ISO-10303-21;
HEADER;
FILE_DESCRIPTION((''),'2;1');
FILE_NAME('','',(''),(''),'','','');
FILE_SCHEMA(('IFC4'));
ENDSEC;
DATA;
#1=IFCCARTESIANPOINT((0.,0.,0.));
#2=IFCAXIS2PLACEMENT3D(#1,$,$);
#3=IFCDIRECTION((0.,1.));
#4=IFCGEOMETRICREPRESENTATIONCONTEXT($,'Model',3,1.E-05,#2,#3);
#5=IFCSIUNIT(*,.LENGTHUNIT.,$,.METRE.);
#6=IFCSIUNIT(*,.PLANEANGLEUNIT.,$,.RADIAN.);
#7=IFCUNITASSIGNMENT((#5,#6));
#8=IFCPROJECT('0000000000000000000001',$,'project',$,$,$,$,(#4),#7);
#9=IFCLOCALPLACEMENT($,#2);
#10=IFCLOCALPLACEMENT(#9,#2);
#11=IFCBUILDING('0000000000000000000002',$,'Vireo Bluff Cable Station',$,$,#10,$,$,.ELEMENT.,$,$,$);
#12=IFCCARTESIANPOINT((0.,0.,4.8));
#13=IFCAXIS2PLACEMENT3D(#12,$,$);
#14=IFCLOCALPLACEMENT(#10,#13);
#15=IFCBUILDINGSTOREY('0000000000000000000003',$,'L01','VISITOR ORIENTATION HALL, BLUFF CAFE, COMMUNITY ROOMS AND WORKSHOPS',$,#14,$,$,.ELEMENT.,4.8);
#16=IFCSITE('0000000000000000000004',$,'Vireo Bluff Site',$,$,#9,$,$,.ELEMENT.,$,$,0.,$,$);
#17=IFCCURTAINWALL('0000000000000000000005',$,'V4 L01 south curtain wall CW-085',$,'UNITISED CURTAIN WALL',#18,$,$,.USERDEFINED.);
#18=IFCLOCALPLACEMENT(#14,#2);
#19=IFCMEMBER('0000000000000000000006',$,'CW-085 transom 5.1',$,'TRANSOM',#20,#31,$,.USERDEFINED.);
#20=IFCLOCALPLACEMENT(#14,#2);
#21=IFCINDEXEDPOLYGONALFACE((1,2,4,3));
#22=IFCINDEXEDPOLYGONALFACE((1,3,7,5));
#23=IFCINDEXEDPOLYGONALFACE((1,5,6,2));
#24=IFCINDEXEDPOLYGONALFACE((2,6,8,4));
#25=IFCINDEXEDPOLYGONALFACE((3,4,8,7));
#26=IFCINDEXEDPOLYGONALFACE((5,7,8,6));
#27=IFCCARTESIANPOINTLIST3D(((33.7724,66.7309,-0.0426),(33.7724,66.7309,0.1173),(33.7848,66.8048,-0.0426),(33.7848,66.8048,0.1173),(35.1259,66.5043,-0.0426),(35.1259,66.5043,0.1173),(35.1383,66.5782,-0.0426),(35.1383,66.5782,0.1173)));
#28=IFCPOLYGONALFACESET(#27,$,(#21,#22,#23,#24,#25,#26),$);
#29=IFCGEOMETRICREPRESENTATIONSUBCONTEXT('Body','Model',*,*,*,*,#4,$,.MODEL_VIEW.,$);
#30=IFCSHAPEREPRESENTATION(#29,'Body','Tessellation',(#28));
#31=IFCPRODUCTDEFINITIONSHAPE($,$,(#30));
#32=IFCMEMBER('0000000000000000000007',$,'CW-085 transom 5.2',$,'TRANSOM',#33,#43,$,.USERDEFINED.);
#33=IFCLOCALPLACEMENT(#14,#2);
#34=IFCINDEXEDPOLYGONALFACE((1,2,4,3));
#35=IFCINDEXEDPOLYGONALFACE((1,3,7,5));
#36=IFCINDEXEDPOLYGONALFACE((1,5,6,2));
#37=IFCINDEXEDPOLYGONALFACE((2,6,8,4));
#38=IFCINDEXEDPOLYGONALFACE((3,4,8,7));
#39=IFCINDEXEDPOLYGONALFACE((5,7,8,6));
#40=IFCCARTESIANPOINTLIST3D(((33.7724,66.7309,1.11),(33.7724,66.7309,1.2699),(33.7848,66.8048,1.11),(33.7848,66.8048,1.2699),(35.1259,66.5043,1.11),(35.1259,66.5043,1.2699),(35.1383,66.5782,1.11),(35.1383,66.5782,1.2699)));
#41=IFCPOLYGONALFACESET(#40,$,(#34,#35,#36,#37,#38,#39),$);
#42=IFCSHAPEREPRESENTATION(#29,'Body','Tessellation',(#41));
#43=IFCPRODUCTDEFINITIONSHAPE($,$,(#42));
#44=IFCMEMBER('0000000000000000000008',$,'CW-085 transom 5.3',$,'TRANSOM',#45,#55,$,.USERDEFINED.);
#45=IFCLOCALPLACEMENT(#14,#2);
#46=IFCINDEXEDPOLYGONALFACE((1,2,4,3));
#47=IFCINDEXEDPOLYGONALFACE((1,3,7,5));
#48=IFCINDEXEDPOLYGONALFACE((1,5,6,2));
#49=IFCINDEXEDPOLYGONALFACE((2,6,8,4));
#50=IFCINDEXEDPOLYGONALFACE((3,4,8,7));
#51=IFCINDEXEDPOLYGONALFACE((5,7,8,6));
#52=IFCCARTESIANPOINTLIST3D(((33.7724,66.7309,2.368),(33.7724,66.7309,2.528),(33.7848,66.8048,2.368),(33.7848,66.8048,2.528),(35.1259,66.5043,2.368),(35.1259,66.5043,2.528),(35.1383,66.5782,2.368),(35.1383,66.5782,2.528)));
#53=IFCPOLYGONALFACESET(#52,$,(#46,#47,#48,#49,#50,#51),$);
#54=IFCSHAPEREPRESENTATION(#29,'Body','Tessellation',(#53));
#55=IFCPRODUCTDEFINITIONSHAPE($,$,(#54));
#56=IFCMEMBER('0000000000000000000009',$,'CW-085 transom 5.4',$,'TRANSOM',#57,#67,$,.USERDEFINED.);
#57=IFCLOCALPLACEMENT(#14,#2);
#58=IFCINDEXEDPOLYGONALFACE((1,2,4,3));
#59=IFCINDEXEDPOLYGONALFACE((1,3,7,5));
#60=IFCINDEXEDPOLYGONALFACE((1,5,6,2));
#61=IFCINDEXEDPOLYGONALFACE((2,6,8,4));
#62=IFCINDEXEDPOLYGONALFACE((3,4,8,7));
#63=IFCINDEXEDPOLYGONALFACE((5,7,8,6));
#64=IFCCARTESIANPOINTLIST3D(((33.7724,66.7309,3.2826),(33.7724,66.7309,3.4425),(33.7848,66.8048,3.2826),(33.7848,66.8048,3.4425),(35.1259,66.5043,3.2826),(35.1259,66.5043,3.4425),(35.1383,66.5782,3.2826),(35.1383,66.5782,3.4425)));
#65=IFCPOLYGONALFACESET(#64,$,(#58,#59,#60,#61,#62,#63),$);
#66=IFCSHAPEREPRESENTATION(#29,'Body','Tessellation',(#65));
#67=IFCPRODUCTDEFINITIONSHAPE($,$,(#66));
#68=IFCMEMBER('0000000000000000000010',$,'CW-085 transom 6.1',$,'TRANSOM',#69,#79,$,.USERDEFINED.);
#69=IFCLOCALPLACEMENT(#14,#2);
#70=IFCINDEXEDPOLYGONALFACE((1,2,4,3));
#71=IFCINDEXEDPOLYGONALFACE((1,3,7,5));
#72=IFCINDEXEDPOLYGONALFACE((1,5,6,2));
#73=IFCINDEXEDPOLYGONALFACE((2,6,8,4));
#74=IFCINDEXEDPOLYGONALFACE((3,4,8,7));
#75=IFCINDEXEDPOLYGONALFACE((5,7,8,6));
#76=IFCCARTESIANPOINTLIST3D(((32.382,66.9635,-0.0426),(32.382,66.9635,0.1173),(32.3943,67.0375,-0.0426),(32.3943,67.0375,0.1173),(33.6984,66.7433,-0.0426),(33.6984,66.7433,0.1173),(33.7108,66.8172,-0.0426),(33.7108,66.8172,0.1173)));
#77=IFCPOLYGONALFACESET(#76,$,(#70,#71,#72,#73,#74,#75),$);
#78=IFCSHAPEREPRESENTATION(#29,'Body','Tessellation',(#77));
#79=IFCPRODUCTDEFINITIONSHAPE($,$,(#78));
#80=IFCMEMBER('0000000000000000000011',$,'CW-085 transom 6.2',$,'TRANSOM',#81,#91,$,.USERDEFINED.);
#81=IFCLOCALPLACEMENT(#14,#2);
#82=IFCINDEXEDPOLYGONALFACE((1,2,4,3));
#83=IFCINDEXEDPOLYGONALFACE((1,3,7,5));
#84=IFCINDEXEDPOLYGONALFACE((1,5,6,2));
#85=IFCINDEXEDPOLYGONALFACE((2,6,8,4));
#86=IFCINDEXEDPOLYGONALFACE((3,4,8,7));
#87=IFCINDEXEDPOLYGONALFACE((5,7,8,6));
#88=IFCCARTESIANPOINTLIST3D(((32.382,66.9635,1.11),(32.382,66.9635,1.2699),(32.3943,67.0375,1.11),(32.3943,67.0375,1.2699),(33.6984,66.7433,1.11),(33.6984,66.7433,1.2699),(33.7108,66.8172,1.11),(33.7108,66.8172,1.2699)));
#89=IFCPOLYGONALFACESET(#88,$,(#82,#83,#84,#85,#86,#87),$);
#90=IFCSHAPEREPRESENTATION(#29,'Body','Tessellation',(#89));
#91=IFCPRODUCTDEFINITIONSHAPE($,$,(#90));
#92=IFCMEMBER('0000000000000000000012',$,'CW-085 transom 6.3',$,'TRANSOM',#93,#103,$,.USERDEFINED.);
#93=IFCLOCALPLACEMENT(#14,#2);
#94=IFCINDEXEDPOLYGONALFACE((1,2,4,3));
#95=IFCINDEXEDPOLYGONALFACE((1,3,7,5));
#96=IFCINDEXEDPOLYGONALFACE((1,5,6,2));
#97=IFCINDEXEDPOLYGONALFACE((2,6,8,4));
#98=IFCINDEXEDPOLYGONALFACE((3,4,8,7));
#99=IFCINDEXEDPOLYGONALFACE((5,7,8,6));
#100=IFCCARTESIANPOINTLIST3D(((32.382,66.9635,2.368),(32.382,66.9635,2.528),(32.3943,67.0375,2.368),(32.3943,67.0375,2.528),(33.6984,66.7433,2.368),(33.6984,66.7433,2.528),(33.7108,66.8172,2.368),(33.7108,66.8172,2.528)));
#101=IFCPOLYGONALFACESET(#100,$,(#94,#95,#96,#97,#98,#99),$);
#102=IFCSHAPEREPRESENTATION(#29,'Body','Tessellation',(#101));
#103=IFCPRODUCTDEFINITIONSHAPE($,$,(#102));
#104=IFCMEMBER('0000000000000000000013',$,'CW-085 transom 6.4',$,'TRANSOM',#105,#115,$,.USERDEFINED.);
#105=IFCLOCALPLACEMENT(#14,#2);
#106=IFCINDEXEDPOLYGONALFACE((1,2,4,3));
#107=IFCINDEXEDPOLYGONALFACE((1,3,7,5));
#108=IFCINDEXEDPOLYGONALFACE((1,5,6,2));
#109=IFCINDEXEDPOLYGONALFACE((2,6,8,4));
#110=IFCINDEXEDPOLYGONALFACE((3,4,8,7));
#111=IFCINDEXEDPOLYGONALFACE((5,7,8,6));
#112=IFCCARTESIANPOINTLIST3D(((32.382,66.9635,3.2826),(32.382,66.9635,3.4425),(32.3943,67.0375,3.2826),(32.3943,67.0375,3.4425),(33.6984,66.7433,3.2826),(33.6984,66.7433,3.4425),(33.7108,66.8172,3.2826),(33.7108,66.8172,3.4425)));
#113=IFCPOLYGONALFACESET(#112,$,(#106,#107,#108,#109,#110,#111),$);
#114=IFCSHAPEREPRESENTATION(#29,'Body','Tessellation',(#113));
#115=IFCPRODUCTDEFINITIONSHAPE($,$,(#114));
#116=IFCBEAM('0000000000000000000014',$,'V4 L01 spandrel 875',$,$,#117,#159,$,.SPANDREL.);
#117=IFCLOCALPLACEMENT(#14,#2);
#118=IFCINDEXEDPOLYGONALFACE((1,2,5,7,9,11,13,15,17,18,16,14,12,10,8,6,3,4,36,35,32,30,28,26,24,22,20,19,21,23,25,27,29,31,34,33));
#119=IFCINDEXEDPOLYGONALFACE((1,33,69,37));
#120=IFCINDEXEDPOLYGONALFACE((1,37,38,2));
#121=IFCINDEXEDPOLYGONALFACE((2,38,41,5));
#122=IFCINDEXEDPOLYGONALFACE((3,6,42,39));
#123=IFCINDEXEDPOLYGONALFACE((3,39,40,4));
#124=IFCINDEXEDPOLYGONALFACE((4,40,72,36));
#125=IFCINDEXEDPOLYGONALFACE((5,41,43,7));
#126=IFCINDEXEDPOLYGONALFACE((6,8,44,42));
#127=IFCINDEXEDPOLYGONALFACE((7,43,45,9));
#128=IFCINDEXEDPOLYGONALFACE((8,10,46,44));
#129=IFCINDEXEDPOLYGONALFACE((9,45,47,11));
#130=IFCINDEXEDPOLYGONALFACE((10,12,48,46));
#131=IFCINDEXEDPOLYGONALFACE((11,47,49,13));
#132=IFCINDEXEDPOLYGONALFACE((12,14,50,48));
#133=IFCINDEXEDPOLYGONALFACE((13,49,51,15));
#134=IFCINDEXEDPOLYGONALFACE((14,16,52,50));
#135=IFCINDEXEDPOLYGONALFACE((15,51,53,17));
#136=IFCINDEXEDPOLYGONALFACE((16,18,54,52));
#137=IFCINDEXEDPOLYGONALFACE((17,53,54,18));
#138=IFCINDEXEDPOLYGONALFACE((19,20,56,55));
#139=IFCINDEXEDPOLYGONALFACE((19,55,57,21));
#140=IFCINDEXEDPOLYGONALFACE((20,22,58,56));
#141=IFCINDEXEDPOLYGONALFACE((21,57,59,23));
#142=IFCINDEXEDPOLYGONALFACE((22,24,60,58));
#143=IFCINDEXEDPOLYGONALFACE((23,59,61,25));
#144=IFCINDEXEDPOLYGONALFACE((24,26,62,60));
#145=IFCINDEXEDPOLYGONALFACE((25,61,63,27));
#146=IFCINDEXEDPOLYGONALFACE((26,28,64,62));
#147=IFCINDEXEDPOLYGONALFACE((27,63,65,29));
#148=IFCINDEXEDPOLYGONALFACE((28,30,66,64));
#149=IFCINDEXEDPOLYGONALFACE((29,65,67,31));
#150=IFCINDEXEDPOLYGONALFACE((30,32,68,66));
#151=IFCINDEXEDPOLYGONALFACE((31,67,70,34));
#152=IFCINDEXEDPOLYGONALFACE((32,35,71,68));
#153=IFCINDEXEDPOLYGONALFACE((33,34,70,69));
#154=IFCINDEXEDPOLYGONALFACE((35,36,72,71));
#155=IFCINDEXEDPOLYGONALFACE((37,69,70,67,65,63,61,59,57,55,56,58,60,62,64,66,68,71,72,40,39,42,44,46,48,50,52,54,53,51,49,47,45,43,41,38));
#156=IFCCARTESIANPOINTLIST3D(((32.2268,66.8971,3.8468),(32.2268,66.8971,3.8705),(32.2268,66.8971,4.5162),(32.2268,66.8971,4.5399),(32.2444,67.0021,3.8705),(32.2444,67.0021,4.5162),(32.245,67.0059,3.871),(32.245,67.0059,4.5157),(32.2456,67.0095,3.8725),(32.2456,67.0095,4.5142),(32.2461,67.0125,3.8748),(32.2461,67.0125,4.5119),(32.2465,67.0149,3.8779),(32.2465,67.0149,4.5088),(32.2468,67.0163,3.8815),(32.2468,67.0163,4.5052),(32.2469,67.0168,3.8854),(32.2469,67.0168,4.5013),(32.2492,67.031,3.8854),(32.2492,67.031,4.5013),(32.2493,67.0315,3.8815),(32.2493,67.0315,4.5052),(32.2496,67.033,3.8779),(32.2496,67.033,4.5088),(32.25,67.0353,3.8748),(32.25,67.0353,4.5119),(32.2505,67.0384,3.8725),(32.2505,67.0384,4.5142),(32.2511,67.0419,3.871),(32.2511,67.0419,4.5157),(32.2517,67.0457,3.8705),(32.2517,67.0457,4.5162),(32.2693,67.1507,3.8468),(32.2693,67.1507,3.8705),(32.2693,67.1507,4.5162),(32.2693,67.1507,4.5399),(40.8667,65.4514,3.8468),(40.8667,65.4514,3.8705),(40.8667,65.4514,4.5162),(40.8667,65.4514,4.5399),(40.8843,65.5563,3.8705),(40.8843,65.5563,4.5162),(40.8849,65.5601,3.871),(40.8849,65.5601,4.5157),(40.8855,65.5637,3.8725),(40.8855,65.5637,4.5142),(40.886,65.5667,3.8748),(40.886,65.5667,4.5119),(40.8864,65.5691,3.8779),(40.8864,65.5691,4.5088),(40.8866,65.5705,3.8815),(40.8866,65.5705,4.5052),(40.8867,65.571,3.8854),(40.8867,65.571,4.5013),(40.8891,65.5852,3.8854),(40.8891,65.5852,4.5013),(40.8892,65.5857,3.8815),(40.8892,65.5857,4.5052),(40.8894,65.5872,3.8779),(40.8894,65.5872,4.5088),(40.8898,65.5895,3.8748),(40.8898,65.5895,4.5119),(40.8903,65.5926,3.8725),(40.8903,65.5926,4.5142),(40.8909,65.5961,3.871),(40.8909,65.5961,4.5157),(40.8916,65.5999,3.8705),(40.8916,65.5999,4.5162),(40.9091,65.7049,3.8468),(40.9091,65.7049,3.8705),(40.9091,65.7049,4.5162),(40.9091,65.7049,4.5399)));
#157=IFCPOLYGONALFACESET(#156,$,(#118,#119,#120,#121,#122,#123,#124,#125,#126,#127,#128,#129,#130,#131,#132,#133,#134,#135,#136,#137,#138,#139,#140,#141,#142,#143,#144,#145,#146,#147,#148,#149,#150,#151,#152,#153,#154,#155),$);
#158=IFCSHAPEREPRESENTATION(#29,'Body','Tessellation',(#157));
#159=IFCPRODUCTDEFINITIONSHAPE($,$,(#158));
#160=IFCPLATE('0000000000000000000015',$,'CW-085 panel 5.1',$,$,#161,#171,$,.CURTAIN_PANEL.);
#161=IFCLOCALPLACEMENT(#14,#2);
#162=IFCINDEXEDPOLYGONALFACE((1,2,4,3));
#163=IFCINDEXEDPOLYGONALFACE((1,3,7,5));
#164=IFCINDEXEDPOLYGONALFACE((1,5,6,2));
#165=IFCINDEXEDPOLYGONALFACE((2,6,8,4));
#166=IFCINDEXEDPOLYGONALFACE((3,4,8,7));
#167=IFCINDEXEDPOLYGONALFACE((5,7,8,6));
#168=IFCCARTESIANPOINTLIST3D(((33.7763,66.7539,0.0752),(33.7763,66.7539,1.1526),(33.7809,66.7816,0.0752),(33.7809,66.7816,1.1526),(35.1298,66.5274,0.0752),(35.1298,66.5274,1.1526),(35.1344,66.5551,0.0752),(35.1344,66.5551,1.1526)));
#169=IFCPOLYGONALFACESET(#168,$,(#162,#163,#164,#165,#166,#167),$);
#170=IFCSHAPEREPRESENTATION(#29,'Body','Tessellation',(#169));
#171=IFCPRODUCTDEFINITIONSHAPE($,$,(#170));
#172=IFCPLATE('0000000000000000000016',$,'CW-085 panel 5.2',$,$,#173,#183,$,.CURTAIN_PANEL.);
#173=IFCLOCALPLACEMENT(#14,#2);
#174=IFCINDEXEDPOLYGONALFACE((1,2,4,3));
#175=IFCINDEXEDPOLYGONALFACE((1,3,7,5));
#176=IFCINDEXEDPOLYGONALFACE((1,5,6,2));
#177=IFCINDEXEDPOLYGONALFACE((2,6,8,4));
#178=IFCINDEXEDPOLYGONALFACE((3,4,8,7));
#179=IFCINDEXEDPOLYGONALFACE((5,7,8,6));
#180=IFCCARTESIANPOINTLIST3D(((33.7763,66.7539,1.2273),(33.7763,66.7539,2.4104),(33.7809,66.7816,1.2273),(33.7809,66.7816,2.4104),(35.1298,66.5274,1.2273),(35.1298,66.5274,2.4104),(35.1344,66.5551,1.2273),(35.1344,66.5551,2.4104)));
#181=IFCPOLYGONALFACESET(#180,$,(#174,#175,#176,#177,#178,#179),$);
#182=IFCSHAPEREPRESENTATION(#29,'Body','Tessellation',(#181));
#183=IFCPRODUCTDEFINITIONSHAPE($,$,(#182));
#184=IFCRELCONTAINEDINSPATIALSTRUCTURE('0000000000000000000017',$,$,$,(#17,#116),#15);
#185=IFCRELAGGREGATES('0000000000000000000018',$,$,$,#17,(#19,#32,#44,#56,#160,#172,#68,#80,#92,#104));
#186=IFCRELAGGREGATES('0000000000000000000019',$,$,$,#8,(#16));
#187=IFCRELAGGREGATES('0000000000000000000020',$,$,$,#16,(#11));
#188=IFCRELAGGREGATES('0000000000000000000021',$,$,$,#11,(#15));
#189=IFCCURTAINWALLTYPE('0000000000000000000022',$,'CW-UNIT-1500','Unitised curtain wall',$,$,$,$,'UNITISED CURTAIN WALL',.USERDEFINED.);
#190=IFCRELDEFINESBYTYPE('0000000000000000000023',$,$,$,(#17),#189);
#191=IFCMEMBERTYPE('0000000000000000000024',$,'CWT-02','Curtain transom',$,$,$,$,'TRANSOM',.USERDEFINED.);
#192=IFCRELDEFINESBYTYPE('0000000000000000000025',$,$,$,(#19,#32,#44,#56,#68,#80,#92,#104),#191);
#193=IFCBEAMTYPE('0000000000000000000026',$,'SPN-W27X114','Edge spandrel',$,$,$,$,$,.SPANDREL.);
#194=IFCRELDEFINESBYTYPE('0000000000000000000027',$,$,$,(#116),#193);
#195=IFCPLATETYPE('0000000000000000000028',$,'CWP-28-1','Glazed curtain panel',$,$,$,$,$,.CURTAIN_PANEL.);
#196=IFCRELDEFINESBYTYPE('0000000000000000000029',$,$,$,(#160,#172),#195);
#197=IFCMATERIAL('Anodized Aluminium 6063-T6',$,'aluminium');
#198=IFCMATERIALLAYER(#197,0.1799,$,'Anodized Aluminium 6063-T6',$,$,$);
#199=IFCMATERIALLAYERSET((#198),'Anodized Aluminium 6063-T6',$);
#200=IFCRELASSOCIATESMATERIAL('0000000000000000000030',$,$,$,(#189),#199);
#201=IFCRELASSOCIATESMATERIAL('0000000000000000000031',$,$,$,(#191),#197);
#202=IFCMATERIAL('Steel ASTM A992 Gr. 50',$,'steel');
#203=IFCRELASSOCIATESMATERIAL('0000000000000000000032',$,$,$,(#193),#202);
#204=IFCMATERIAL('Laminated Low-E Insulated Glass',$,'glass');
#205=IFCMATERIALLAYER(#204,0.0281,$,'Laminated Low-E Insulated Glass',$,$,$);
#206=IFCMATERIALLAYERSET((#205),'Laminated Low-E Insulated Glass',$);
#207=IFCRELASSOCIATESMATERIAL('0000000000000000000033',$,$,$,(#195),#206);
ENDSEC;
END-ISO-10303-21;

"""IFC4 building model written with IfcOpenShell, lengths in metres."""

from ifc_helpers import new_model, si_unit, direction, frame, origin, origin_2d, place, context, subcontext, project, spatial, rectangle, i_section, extrude, material, layer, layer_set, material_profile, profile_set, type_object, element, aggregate, save


model = new_model("IFC4")

# Units and contexts
model_context = context("Model", 3, precision=1e-05, world=origin(), true_north=direction((0.0, 1.0)))
body_context = subcontext(model_context, "Body", "Model", "MODEL_VIEW")
ifc_project = project(units=[si_unit("LENGTHUNIT", "METRE"), si_unit("PLANEANGLEUNIT", "RADIAN")], contexts=[model_context])

# Site, building, storey
site_placement = place(None, origin())
site = spatial("IfcSite", under=ifc_project, at=site_placement, Name="Vireo Bluff Site", CompositionType="ELEMENT", RefElevation=0.0)
building_placement = place(site_placement, origin())
building = spatial("IfcBuilding", under=site, at=building_placement, Name="Vireo Bluff Cable Station", CompositionType="ELEMENT")
storey_placement = place(building_placement, frame((0.0, 0.0, 4.8)))
storey = spatial("IfcBuildingStorey", under=building, at=storey_placement, Name="L01", Description="VISITOR ORIENTATION HALL, BLUFF CAFE, COMMUNITY ROOMS AND WORKSHOPS", CompositionType="ELEMENT", Elevation=4.8)

# Shared definitions
ifc_material_1 = material(Name="Steel ASTM A992 Gr. 50", Category="steel")

# Curtain wall, members
ifc_material_2 = material(Name="Anodized Aluminium 6063-T6", Category="aluminium")
ifc_layer_1 = layer(ifc_material_2, 0.1799, Name="Anodized Aluminium 6063-T6")
ifc_layer_set_1 = layer_set([ifc_layer_1], Name="Anodized Aluminium 6063-T6")
curtain_wall_type = type_object("IfcCurtainWallType", Name="CW-UNIT-1500", Description="Unitised curtain wall", ElementType="UNITISED CURTAIN WALL", PredefinedType="USERDEFINED", material=ifc_layer_set_1)
curtain_wall_placement = place(storey_placement, origin())
curtain_wall = element("IfcCurtainWall", 1, at=curtain_wall_placement, inside=storey, type_object=curtain_wall_type, Name="V4 L01 south curtain wall CW-085", ObjectType="UNITISED CURTAIN WALL", PredefinedType="USERDEFINED")
ifc_material_profile_1 = material_profile(ifc_material_2, rectangle(XDim=0.075, YDim=0.1599, at=origin_2d()), Name="ALU-T-75X160")
ifc_profile_set_1 = profile_set([ifc_material_profile_1], Name="Anodized Aluminium 6063-T6")
member_type_1 = type_object("IfcMemberType", Name="CWT-02", Description="Curtain transom", ElementType="TRANSOM", PredefinedType="USERDEFINED", material=ifc_profile_set_1)
member_1_placement = place(storey_placement, frame((35.1321, 66.5413, 0.0374), z_axis=(-0.986278, 0.165091, 0.0), x_axis=(-0.165091, -0.986278, 0.0)))
member_1 = element("IfcMember", 2, at=member_1_placement, type_object=member_type_1, Name="CW-085 transom 5.1", ObjectType="TRANSOM", PredefinedType="USERDEFINED", context=body_context, shape_type="SweptSolid", body=[
    extrude(rectangle(XDim=0.075, YDim=0.1599, at=origin_2d()), origin(), (0.0, 0.0, 1.0), 1.3723),
])
member_2_placement = place(storey_placement, frame((35.1321, 66.5413, 1.1899), z_axis=(-0.986278, 0.165091, 0.0), x_axis=(-0.165091, -0.986278, 0.0)))
member_2 = element("IfcMember", 3, at=member_2_placement, type_object=member_type_1, Name="CW-085 transom 5.2", ObjectType="TRANSOM", PredefinedType="USERDEFINED", context=body_context, shape_type="SweptSolid", body=[
    extrude(rectangle(XDim=0.075, YDim=0.1599, at=origin_2d()), origin(), (0.0, 0.0, 1.0), 1.3723),
])
member_3_placement = place(storey_placement, frame((35.1321, 66.5413, 2.448), z_axis=(-0.986278, 0.165091, 0.0), x_axis=(-0.165091, -0.986278, 0.0)))
member_3 = element("IfcMember", 4, at=member_3_placement, type_object=member_type_1, Name="CW-085 transom 5.3", ObjectType="TRANSOM", PredefinedType="USERDEFINED", context=body_context, shape_type="SweptSolid", body=[
    extrude(rectangle(XDim=0.075, YDim=0.1599, at=origin_2d()), origin(), (0.0, 0.0, 1.0), 1.3723),
])
member_4_placement = place(storey_placement, frame((35.1321, 66.5413, 3.3625), z_axis=(-0.986278, 0.165091, 0.0), x_axis=(-0.165091, -0.986278, 0.0)))
member_4 = element("IfcMember", 5, at=member_4_placement, type_object=member_type_1, Name="CW-085 transom 5.4", ObjectType="TRANSOM", PredefinedType="USERDEFINED", context=body_context, shape_type="SweptSolid", body=[
    extrude(rectangle(XDim=0.075, YDim=0.1599, at=origin_2d()), origin(), (0.0, 0.0, 1.0), 1.3723),
])
member_5_placement = place(storey_placement, frame((33.7046, 66.7803, 0.0374), z_axis=(-0.986295, 0.164992, 0.0), x_axis=(-0.164992, -0.986295, 0.0)))
member_5 = element("IfcMember", 6, at=member_5_placement, type_object=member_type_1, Name="CW-085 transom 6.1", ObjectType="TRANSOM", PredefinedType="USERDEFINED", context=body_context, shape_type="SweptSolid", body=[
    extrude(rectangle(XDim=0.075, YDim=0.1599, at=origin_2d()), origin(), (0.0, 0.0, 1.0), 1.3347),
])
member_6_placement = place(storey_placement, frame((33.7046, 66.7803, 1.1899), z_axis=(-0.986295, 0.164992, 0.0), x_axis=(-0.164992, -0.986295, 0.0)))
member_6 = element("IfcMember", 7, at=member_6_placement, type_object=member_type_1, Name="CW-085 transom 6.2", ObjectType="TRANSOM", PredefinedType="USERDEFINED", context=body_context, shape_type="SweptSolid", body=[
    extrude(rectangle(XDim=0.075, YDim=0.1599, at=origin_2d()), origin(), (0.0, 0.0, 1.0), 1.3347),
])
member_7_placement = place(storey_placement, frame((33.7046, 66.7803, 2.448), z_axis=(-0.986295, 0.164992, 0.0), x_axis=(-0.164992, -0.986295, 0.0)))
member_7 = element("IfcMember", 8, at=member_7_placement, type_object=member_type_1, Name="CW-085 transom 6.3", ObjectType="TRANSOM", PredefinedType="USERDEFINED", context=body_context, shape_type="SweptSolid", body=[
    extrude(rectangle(XDim=0.075, YDim=0.1599, at=origin_2d()), origin(), (0.0, 0.0, 1.0), 1.3347),
])
member_8_placement = place(storey_placement, frame((33.7046, 66.7803, 3.3625), z_axis=(-0.986295, 0.164992, 0.0), x_axis=(-0.164992, -0.986295, 0.0)))
member_8 = element("IfcMember", 9, at=member_8_placement, type_object=member_type_1, Name="CW-085 transom 6.4", ObjectType="TRANSOM", PredefinedType="USERDEFINED", context=body_context, shape_type="SweptSolid", body=[
    extrude(rectangle(XDim=0.075, YDim=0.1599, at=origin_2d()), origin(), (0.0, 0.0, 1.0), 1.3347),
])

# Beam
ifc_material_profile_2 = material_profile(ifc_material_1, i_section(OverallWidth=0.2571, OverallDepth=0.6931, WebThickness=0.0144, FlangeThickness=0.0237, FilletRadius=0.0149, at=origin_2d()), Name="W27X114")
ifc_profile_set_2 = profile_set([ifc_material_profile_2], Name="Steel ASTM A992 Gr. 50")
beam_type_1 = type_object("IfcBeamType", Name="SPN-W27X114", Description="Edge spandrel", PredefinedType="SPANDREL", material=ifc_profile_set_2)
beam_1_placement = place(storey_placement, frame((32.248, 67.0239, 4.1934), z_axis=(0.986286, -0.165045, 0.0), x_axis=(0.165045, 0.986286, 0.0)))
element("IfcBeam", 10, at=beam_1_placement, inside=storey, type_object=beam_type_1, Name="V4 L01 spandrel 875", PredefinedType="SPANDREL", context=body_context, shape_type="SweptSolid", body=[
    extrude(i_section(OverallWidth=0.2571, OverallDepth=0.6931, WebThickness=0.0144, FlangeThickness=0.0237, FilletRadius=0.0149, at=origin_2d()), origin(), (0.0, 0.0, 1.0), 8.76),
])

# Plates
ifc_material_3 = material(Name="Laminated Low-E Insulated Glass", Category="glass")
ifc_layer_2 = layer(ifc_material_3, 0.0281, Name="Laminated Low-E Insulated Glass")
ifc_layer_set_2 = layer_set([ifc_layer_2], Name="Laminated Low-E Insulated Glass")
plate_type_1 = type_object("IfcPlateType", Name="CWP-28-1", Description="Glazed curtain panel", PredefinedType="CURTAIN_PANEL", material=ifc_layer_set_2)
plate_1_placement = place(storey_placement, frame((34.4553, 66.6545, 0.0752), z_axis=(0.0, 0.0, 1.0), x_axis=(-0.986286, 0.165048, 0.0)))
plate_1 = element("IfcPlate", 11, at=plate_1_placement, type_object=plate_type_1, Name="CW-085 panel 5.1", PredefinedType="CURTAIN_PANEL", context=body_context, shape_type="SweptSolid", body=[
    extrude(rectangle(XDim=1.3723, YDim=0.0281, at=origin_2d()), origin(), (0.0, 0.0, 1.0), 1.0774),
])
plate_2_placement = place(storey_placement, frame((34.4553, 66.6545, 1.2273), z_axis=(0.0, 0.0, 1.0), x_axis=(-0.986286, 0.165048, 0.0)))
plate_2 = element("IfcPlate", 12, at=plate_2_placement, type_object=plate_type_1, Name="CW-085 panel 5.2", PredefinedType="CURTAIN_PANEL", context=body_context, shape_type="SweptSolid", body=[
    extrude(rectangle(XDim=1.3723, YDim=0.0281, at=origin_2d()), origin(), (0.0, 0.0, 1.0), 1.1831),
])
aggregate(curtain_wall, [member_1, member_2, member_3, member_4, plate_1, plate_2, member_5, member_6, member_7, member_8])

save(model, "model.ifc")
